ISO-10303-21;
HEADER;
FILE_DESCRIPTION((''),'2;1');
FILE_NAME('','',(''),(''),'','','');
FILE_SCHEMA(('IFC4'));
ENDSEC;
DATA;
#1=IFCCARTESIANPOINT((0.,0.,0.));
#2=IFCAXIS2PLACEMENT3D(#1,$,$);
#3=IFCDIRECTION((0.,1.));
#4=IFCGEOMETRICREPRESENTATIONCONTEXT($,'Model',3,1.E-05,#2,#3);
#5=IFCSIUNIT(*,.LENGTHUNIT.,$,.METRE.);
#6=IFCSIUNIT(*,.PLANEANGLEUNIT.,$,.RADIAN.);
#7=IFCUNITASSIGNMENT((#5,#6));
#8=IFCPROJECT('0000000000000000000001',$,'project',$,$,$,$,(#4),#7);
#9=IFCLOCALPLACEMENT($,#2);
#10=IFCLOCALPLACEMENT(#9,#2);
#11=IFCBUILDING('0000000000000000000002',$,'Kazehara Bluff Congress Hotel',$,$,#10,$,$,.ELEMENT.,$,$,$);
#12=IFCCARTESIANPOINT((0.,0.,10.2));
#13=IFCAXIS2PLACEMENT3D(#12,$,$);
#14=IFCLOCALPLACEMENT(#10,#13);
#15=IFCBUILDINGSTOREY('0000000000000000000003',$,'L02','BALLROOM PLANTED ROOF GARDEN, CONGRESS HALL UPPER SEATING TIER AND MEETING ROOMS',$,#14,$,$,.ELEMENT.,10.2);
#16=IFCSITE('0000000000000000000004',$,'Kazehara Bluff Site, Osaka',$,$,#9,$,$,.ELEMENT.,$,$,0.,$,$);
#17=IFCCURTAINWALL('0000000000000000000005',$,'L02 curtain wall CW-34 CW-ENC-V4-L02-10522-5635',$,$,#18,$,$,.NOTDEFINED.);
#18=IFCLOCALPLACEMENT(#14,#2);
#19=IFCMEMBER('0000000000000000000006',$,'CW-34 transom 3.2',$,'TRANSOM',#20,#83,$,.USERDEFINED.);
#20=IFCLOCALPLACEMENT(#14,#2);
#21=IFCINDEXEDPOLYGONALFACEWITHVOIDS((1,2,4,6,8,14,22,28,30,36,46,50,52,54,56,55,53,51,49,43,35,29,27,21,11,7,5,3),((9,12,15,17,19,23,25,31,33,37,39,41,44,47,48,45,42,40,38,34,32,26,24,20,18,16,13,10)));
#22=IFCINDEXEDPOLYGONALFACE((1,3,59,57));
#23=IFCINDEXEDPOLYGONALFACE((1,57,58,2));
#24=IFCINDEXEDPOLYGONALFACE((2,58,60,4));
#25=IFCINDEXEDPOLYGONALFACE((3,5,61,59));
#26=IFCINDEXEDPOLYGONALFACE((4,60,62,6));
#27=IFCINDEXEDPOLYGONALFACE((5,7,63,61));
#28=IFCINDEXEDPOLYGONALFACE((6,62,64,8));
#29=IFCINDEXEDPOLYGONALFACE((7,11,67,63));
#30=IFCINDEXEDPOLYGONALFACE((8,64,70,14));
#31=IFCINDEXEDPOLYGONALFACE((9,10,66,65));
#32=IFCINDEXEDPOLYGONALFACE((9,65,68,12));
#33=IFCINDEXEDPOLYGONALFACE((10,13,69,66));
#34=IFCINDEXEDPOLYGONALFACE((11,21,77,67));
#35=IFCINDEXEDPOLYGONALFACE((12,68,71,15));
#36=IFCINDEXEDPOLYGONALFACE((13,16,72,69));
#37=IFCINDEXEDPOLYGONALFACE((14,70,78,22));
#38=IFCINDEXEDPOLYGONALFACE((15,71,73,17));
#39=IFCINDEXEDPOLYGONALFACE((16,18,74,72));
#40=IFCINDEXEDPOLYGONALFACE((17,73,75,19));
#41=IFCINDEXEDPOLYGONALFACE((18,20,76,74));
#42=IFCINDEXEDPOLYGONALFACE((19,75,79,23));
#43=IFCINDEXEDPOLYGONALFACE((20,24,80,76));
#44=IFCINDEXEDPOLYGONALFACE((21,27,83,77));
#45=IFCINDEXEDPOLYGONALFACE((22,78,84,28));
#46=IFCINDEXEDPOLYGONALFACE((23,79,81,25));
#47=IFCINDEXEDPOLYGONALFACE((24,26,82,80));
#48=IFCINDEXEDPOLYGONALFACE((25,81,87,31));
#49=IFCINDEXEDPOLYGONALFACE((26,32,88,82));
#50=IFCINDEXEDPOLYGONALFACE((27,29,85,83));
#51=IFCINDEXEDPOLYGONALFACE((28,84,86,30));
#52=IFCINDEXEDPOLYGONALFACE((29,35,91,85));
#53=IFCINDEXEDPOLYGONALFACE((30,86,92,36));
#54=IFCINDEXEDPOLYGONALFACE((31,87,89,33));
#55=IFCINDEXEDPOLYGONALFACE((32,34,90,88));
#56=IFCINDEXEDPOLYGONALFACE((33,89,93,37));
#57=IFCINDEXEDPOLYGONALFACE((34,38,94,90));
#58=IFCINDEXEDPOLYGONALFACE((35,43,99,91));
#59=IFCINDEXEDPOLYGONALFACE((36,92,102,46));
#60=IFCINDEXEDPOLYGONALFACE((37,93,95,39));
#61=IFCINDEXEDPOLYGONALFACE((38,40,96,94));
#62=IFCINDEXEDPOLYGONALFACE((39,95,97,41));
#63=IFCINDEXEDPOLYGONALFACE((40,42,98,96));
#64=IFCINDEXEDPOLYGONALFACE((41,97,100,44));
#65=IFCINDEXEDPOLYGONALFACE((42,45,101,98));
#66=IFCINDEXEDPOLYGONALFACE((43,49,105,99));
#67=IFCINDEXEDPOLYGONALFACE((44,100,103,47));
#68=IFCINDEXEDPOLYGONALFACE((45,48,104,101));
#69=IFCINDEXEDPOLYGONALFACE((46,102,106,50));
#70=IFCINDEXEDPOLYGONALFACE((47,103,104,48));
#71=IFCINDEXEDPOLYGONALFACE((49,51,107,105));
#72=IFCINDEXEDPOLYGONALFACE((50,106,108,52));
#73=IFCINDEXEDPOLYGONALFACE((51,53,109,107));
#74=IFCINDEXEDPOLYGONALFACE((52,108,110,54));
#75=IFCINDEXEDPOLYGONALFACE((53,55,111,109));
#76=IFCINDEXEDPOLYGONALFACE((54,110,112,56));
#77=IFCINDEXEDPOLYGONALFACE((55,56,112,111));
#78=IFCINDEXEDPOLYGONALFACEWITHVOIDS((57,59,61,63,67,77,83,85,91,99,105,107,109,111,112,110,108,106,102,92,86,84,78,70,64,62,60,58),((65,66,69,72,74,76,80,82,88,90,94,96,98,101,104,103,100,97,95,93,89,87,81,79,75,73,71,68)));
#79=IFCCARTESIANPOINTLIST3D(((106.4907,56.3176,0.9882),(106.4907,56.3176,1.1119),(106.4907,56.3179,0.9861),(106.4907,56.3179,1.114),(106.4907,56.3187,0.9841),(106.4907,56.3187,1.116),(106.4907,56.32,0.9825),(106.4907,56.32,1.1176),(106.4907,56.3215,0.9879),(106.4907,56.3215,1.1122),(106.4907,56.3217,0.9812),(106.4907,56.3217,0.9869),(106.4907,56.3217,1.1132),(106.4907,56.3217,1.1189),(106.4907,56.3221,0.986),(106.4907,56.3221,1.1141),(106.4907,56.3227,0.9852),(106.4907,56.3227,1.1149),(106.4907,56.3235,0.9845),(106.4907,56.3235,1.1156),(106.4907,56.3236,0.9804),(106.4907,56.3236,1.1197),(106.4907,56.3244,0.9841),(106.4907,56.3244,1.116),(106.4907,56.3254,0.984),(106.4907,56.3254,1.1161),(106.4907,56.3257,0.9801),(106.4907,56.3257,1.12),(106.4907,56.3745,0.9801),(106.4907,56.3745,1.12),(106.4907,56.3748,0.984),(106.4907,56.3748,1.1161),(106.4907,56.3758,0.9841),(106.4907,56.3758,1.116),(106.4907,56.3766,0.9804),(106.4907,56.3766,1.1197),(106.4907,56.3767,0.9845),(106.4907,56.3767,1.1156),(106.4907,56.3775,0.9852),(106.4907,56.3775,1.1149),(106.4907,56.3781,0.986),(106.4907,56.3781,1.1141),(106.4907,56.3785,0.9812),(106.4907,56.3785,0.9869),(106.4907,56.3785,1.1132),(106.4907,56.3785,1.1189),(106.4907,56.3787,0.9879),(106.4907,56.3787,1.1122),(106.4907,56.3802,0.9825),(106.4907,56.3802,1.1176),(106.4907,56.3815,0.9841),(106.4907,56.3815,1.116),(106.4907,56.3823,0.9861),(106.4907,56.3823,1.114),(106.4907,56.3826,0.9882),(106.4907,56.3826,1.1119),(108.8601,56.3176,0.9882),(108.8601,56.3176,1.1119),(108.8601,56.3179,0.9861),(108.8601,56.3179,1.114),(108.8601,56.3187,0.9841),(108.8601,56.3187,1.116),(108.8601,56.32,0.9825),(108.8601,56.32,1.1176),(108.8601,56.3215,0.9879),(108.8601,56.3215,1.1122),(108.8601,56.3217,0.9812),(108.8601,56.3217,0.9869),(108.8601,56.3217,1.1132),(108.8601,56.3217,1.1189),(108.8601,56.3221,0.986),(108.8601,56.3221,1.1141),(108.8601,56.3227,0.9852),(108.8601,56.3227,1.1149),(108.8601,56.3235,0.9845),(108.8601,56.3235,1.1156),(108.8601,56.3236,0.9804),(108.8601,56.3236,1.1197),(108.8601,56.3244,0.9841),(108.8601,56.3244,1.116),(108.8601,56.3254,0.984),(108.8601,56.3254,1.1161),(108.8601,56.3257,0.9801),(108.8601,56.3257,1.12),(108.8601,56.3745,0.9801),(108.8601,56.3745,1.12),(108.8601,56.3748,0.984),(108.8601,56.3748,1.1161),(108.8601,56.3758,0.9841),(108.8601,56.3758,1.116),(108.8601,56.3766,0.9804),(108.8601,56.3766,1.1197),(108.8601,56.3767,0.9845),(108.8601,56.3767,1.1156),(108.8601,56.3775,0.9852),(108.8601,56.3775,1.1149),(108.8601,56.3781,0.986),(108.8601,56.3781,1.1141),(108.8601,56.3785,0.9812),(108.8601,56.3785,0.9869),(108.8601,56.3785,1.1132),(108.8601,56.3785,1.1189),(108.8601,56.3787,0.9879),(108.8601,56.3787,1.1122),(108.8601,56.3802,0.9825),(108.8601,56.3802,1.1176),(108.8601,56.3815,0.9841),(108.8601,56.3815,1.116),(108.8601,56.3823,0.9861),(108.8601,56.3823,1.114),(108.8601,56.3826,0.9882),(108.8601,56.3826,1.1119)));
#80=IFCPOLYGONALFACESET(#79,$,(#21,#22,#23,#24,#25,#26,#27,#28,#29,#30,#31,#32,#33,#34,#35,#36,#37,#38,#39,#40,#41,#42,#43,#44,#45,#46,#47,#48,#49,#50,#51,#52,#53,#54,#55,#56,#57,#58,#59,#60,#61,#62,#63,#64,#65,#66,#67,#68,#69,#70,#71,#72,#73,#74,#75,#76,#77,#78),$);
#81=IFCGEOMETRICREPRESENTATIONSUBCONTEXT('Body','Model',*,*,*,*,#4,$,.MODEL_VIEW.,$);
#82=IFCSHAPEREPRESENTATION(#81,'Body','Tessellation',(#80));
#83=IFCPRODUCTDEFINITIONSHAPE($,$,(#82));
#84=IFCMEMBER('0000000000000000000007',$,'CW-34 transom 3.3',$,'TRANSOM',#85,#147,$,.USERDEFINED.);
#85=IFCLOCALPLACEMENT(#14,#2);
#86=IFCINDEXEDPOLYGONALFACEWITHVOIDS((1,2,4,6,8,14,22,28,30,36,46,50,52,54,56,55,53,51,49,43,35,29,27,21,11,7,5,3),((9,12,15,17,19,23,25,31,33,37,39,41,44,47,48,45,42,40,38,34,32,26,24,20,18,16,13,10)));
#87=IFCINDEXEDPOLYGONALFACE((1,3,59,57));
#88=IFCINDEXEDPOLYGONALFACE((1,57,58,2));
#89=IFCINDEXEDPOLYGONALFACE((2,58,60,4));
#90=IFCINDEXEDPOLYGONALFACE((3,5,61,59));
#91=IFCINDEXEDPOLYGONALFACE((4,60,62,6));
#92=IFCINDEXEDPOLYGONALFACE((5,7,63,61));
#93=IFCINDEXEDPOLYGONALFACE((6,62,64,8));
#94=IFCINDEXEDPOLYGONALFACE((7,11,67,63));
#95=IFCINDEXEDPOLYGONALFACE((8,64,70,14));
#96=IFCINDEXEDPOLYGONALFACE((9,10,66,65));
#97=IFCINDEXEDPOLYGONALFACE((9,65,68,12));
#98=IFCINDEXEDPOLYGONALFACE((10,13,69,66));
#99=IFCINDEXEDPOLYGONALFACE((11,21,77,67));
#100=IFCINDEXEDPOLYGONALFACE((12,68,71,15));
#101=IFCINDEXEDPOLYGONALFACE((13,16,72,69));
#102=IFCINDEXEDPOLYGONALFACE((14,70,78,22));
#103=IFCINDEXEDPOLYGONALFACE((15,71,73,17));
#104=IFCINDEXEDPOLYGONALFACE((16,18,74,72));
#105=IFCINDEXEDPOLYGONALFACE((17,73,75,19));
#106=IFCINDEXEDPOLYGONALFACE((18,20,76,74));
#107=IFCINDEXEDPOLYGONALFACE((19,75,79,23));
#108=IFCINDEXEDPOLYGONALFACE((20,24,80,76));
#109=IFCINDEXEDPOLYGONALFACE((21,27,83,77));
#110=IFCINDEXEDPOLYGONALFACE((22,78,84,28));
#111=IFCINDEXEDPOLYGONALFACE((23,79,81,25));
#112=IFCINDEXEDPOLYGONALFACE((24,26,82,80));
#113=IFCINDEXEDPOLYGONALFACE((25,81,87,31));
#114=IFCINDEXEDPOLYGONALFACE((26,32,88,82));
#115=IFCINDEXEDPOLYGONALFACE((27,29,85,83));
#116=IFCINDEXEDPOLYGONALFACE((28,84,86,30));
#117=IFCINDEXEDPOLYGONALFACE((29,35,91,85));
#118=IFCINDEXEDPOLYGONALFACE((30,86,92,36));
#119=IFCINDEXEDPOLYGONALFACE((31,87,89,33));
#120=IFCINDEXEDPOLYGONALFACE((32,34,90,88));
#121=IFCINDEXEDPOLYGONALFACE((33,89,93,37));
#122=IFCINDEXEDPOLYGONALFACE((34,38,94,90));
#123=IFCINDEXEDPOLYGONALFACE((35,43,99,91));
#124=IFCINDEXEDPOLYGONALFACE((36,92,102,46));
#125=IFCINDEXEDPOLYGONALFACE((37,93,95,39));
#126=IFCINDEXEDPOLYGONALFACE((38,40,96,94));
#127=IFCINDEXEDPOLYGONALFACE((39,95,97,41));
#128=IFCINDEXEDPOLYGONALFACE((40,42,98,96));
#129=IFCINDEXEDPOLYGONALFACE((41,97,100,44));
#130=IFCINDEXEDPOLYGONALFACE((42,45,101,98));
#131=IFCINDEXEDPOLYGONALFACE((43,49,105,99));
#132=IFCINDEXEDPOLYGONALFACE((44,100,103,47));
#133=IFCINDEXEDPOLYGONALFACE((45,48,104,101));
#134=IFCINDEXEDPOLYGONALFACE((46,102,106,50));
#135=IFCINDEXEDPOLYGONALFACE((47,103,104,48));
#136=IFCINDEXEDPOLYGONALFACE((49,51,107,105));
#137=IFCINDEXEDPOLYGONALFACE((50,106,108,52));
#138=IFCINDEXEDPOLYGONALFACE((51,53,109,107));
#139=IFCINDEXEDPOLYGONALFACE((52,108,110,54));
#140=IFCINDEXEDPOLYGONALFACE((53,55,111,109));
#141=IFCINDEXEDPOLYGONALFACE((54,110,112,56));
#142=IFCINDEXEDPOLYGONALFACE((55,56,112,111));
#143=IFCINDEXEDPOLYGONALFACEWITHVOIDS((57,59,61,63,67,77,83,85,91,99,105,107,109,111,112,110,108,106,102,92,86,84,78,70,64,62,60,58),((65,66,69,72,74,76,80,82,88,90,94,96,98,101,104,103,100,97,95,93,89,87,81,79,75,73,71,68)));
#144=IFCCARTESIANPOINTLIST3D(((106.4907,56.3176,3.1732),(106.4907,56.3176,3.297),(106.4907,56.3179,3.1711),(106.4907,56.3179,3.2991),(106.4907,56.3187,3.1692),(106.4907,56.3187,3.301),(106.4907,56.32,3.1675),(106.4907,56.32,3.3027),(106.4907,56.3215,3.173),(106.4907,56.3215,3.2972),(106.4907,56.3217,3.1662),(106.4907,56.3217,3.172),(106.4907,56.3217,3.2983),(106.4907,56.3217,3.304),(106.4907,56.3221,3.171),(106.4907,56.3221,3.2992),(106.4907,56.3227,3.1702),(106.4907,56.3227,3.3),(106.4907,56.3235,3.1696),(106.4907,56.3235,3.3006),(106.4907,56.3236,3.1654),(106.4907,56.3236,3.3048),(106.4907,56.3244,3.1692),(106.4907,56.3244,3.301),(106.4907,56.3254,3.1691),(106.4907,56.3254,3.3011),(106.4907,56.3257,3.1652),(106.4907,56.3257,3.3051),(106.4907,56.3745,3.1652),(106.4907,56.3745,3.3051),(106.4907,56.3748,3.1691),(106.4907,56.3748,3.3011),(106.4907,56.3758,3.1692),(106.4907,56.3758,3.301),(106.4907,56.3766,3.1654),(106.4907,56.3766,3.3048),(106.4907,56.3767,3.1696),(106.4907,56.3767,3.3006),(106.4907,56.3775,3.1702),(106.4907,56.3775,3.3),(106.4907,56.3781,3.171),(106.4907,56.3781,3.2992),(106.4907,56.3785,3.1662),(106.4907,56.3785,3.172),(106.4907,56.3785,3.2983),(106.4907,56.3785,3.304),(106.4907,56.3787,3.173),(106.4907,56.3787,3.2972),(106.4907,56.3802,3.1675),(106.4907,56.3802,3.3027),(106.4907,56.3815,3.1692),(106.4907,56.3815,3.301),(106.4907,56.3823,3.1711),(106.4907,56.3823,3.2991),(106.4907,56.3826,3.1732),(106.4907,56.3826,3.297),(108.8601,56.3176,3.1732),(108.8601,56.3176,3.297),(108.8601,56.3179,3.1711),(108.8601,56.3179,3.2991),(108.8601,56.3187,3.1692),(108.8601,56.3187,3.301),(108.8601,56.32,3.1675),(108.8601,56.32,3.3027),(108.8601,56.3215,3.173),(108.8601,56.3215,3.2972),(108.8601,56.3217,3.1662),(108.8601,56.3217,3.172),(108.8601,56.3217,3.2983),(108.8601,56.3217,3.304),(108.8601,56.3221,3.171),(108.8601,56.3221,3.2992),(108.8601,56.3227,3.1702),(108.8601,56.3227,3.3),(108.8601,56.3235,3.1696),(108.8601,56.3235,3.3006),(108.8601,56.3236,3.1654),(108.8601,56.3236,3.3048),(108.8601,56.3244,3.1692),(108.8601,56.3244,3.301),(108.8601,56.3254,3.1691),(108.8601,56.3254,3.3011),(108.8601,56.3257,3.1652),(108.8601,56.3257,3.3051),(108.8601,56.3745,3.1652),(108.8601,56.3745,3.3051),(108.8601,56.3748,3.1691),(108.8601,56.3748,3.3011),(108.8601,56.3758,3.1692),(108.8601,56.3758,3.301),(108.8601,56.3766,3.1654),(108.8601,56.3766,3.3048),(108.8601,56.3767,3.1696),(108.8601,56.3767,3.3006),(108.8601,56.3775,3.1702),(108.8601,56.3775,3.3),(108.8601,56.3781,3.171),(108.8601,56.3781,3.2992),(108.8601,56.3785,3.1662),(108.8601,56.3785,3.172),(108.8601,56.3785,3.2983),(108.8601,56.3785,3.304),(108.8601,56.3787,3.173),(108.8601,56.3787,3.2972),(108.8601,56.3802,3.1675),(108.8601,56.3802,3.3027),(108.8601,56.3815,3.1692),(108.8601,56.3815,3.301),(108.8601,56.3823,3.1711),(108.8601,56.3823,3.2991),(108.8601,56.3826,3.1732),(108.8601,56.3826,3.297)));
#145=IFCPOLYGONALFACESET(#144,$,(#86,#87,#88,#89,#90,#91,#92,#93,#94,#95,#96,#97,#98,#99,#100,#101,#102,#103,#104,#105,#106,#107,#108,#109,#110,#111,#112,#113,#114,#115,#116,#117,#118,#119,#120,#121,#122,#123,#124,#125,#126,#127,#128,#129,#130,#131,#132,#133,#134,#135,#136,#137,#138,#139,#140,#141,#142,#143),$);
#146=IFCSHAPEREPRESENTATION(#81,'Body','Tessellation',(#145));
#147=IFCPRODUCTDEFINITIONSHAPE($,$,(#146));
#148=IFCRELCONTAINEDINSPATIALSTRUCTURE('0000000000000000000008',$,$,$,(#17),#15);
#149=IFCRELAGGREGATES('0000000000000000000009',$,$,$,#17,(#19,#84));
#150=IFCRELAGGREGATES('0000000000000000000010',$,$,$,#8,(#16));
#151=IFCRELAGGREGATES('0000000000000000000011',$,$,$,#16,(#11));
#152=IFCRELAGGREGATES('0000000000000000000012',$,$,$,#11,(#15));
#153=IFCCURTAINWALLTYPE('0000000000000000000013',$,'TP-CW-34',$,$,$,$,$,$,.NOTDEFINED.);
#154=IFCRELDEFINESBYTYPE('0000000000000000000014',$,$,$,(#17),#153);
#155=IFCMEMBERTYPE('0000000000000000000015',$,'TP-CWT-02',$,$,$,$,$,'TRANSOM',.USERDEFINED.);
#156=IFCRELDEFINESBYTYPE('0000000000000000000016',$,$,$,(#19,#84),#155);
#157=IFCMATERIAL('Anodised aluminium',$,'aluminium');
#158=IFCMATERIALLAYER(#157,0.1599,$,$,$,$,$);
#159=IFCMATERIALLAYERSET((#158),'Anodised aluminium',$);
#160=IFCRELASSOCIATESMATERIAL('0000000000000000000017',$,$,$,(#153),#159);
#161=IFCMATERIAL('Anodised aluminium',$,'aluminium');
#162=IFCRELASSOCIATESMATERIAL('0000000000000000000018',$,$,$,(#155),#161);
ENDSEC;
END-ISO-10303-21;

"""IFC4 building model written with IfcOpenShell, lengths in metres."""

from ifc_helpers import new_model, si_unit, direction, frame, origin, origin_2d, place, context, subcontext, project, spatial, hollow_rectangle, extrude, material, layer, layer_set, material_profile, profile_set, type_object, element, aggregate, save


model = new_model("IFC4")

# Units and contexts
model_context = context("Model", 3, precision=1e-05, world=origin(), true_north=direction((0.0, 1.0)))
body_context = subcontext(model_context, "Body", "Model", "MODEL_VIEW")
ifc_project = project(units=[si_unit("LENGTHUNIT", "METRE"), si_unit("PLANEANGLEUNIT", "RADIAN")], contexts=[model_context])

# Site, building, storey
site_placement = place(None, origin())
site = spatial("IfcSite", under=ifc_project, at=site_placement, Name="Kazehara Bluff Site, Osaka", CompositionType="ELEMENT", RefElevation=0.0)
building_placement = place(site_placement, origin())
building = spatial("IfcBuilding", under=site, at=building_placement, Name="Kazehara Bluff Congress Hotel", CompositionType="ELEMENT")
storey_placement = place(building_placement, frame((0.0, 0.0, 10.2)))
storey = spatial("IfcBuildingStorey", under=building, at=storey_placement, Name="L02", Description="BALLROOM PLANTED ROOF GARDEN, CONGRESS HALL UPPER SEATING TIER AND MEETING ROOMS", CompositionType="ELEMENT", Elevation=10.2)

# Curtain wall
ifc_material_1 = material(Name="Anodised aluminium", Category="aluminium")
ifc_layer_1 = layer(ifc_material_1, 0.1599)
ifc_layer_set_1 = layer_set([ifc_layer_1], Name="Anodised aluminium")
curtain_wall_type_1 = type_object("IfcCurtainWallType", Name="TP-CW-34", PredefinedType="NOTDEFINED", material=ifc_layer_set_1)
curtain_wall_1_placement = place(storey_placement, origin())
curtain_wall_1 = element("IfcCurtainWall", 1, at=curtain_wall_1_placement, inside=storey, type_object=curtain_wall_type_1, Name="L02 curtain wall CW-34 CW-ENC-V4-L02-10522-5635", PredefinedType="NOTDEFINED")

# Members
ifc_material_2 = material(Name="Anodised aluminium", Category="aluminium")
ifc_material_profile_1 = material_profile(ifc_material_2, hollow_rectangle(XDim=0.0649, YDim=0.1399, WallThickness=0.0039, InnerFilletRadius=0.0039, OuterFilletRadius=0.0081, at=origin_2d()))
ifc_profile_set_1 = profile_set([ifc_material_profile_1], Name="Anodised aluminium")
member_type_1 = type_object("IfcMemberType", Name="TP-CWT-02", ElementType="TRANSOM", PredefinedType="USERDEFINED", material=ifc_profile_set_1)
member_1_placement = place(storey_placement, frame((106.4907, 56.3501, 1.05), z_axis=(1.0, 0.0, 0.0), x_axis=(0.0, 1.0, 0.0)))
member_1 = element("IfcMember", 2, at=member_1_placement, type_object=member_type_1, Name="CW-34 transom 3.2", ObjectType="TRANSOM", PredefinedType="USERDEFINED", context=body_context, shape_type="SweptSolid", body=[
    extrude(hollow_rectangle(XDim=0.0649, YDim=0.1399, WallThickness=0.0039, InnerFilletRadius=0.0039, OuterFilletRadius=0.0081, at=origin_2d()), origin(), (0.0, 0.0, 1.0), 2.3694),
])
member_2_placement = place(storey_placement, frame((106.4907, 56.3501, 3.2351), z_axis=(1.0, 0.0, 0.0), x_axis=(0.0, 1.0, 0.0)))
member_2 = element("IfcMember", 3, at=member_2_placement, type_object=member_type_1, Name="CW-34 transom 3.3", ObjectType="TRANSOM", PredefinedType="USERDEFINED", context=body_context, shape_type="SweptSolid", body=[
    extrude(hollow_rectangle(XDim=0.0649, YDim=0.1399, WallThickness=0.0039, InnerFilletRadius=0.0039, OuterFilletRadius=0.0081, at=origin_2d()), origin(), (0.0, 0.0, 1.0), 2.3694),
])

aggregate(curtain_wall_1, [member_1, member_2])

save(model, "model.ifc")
